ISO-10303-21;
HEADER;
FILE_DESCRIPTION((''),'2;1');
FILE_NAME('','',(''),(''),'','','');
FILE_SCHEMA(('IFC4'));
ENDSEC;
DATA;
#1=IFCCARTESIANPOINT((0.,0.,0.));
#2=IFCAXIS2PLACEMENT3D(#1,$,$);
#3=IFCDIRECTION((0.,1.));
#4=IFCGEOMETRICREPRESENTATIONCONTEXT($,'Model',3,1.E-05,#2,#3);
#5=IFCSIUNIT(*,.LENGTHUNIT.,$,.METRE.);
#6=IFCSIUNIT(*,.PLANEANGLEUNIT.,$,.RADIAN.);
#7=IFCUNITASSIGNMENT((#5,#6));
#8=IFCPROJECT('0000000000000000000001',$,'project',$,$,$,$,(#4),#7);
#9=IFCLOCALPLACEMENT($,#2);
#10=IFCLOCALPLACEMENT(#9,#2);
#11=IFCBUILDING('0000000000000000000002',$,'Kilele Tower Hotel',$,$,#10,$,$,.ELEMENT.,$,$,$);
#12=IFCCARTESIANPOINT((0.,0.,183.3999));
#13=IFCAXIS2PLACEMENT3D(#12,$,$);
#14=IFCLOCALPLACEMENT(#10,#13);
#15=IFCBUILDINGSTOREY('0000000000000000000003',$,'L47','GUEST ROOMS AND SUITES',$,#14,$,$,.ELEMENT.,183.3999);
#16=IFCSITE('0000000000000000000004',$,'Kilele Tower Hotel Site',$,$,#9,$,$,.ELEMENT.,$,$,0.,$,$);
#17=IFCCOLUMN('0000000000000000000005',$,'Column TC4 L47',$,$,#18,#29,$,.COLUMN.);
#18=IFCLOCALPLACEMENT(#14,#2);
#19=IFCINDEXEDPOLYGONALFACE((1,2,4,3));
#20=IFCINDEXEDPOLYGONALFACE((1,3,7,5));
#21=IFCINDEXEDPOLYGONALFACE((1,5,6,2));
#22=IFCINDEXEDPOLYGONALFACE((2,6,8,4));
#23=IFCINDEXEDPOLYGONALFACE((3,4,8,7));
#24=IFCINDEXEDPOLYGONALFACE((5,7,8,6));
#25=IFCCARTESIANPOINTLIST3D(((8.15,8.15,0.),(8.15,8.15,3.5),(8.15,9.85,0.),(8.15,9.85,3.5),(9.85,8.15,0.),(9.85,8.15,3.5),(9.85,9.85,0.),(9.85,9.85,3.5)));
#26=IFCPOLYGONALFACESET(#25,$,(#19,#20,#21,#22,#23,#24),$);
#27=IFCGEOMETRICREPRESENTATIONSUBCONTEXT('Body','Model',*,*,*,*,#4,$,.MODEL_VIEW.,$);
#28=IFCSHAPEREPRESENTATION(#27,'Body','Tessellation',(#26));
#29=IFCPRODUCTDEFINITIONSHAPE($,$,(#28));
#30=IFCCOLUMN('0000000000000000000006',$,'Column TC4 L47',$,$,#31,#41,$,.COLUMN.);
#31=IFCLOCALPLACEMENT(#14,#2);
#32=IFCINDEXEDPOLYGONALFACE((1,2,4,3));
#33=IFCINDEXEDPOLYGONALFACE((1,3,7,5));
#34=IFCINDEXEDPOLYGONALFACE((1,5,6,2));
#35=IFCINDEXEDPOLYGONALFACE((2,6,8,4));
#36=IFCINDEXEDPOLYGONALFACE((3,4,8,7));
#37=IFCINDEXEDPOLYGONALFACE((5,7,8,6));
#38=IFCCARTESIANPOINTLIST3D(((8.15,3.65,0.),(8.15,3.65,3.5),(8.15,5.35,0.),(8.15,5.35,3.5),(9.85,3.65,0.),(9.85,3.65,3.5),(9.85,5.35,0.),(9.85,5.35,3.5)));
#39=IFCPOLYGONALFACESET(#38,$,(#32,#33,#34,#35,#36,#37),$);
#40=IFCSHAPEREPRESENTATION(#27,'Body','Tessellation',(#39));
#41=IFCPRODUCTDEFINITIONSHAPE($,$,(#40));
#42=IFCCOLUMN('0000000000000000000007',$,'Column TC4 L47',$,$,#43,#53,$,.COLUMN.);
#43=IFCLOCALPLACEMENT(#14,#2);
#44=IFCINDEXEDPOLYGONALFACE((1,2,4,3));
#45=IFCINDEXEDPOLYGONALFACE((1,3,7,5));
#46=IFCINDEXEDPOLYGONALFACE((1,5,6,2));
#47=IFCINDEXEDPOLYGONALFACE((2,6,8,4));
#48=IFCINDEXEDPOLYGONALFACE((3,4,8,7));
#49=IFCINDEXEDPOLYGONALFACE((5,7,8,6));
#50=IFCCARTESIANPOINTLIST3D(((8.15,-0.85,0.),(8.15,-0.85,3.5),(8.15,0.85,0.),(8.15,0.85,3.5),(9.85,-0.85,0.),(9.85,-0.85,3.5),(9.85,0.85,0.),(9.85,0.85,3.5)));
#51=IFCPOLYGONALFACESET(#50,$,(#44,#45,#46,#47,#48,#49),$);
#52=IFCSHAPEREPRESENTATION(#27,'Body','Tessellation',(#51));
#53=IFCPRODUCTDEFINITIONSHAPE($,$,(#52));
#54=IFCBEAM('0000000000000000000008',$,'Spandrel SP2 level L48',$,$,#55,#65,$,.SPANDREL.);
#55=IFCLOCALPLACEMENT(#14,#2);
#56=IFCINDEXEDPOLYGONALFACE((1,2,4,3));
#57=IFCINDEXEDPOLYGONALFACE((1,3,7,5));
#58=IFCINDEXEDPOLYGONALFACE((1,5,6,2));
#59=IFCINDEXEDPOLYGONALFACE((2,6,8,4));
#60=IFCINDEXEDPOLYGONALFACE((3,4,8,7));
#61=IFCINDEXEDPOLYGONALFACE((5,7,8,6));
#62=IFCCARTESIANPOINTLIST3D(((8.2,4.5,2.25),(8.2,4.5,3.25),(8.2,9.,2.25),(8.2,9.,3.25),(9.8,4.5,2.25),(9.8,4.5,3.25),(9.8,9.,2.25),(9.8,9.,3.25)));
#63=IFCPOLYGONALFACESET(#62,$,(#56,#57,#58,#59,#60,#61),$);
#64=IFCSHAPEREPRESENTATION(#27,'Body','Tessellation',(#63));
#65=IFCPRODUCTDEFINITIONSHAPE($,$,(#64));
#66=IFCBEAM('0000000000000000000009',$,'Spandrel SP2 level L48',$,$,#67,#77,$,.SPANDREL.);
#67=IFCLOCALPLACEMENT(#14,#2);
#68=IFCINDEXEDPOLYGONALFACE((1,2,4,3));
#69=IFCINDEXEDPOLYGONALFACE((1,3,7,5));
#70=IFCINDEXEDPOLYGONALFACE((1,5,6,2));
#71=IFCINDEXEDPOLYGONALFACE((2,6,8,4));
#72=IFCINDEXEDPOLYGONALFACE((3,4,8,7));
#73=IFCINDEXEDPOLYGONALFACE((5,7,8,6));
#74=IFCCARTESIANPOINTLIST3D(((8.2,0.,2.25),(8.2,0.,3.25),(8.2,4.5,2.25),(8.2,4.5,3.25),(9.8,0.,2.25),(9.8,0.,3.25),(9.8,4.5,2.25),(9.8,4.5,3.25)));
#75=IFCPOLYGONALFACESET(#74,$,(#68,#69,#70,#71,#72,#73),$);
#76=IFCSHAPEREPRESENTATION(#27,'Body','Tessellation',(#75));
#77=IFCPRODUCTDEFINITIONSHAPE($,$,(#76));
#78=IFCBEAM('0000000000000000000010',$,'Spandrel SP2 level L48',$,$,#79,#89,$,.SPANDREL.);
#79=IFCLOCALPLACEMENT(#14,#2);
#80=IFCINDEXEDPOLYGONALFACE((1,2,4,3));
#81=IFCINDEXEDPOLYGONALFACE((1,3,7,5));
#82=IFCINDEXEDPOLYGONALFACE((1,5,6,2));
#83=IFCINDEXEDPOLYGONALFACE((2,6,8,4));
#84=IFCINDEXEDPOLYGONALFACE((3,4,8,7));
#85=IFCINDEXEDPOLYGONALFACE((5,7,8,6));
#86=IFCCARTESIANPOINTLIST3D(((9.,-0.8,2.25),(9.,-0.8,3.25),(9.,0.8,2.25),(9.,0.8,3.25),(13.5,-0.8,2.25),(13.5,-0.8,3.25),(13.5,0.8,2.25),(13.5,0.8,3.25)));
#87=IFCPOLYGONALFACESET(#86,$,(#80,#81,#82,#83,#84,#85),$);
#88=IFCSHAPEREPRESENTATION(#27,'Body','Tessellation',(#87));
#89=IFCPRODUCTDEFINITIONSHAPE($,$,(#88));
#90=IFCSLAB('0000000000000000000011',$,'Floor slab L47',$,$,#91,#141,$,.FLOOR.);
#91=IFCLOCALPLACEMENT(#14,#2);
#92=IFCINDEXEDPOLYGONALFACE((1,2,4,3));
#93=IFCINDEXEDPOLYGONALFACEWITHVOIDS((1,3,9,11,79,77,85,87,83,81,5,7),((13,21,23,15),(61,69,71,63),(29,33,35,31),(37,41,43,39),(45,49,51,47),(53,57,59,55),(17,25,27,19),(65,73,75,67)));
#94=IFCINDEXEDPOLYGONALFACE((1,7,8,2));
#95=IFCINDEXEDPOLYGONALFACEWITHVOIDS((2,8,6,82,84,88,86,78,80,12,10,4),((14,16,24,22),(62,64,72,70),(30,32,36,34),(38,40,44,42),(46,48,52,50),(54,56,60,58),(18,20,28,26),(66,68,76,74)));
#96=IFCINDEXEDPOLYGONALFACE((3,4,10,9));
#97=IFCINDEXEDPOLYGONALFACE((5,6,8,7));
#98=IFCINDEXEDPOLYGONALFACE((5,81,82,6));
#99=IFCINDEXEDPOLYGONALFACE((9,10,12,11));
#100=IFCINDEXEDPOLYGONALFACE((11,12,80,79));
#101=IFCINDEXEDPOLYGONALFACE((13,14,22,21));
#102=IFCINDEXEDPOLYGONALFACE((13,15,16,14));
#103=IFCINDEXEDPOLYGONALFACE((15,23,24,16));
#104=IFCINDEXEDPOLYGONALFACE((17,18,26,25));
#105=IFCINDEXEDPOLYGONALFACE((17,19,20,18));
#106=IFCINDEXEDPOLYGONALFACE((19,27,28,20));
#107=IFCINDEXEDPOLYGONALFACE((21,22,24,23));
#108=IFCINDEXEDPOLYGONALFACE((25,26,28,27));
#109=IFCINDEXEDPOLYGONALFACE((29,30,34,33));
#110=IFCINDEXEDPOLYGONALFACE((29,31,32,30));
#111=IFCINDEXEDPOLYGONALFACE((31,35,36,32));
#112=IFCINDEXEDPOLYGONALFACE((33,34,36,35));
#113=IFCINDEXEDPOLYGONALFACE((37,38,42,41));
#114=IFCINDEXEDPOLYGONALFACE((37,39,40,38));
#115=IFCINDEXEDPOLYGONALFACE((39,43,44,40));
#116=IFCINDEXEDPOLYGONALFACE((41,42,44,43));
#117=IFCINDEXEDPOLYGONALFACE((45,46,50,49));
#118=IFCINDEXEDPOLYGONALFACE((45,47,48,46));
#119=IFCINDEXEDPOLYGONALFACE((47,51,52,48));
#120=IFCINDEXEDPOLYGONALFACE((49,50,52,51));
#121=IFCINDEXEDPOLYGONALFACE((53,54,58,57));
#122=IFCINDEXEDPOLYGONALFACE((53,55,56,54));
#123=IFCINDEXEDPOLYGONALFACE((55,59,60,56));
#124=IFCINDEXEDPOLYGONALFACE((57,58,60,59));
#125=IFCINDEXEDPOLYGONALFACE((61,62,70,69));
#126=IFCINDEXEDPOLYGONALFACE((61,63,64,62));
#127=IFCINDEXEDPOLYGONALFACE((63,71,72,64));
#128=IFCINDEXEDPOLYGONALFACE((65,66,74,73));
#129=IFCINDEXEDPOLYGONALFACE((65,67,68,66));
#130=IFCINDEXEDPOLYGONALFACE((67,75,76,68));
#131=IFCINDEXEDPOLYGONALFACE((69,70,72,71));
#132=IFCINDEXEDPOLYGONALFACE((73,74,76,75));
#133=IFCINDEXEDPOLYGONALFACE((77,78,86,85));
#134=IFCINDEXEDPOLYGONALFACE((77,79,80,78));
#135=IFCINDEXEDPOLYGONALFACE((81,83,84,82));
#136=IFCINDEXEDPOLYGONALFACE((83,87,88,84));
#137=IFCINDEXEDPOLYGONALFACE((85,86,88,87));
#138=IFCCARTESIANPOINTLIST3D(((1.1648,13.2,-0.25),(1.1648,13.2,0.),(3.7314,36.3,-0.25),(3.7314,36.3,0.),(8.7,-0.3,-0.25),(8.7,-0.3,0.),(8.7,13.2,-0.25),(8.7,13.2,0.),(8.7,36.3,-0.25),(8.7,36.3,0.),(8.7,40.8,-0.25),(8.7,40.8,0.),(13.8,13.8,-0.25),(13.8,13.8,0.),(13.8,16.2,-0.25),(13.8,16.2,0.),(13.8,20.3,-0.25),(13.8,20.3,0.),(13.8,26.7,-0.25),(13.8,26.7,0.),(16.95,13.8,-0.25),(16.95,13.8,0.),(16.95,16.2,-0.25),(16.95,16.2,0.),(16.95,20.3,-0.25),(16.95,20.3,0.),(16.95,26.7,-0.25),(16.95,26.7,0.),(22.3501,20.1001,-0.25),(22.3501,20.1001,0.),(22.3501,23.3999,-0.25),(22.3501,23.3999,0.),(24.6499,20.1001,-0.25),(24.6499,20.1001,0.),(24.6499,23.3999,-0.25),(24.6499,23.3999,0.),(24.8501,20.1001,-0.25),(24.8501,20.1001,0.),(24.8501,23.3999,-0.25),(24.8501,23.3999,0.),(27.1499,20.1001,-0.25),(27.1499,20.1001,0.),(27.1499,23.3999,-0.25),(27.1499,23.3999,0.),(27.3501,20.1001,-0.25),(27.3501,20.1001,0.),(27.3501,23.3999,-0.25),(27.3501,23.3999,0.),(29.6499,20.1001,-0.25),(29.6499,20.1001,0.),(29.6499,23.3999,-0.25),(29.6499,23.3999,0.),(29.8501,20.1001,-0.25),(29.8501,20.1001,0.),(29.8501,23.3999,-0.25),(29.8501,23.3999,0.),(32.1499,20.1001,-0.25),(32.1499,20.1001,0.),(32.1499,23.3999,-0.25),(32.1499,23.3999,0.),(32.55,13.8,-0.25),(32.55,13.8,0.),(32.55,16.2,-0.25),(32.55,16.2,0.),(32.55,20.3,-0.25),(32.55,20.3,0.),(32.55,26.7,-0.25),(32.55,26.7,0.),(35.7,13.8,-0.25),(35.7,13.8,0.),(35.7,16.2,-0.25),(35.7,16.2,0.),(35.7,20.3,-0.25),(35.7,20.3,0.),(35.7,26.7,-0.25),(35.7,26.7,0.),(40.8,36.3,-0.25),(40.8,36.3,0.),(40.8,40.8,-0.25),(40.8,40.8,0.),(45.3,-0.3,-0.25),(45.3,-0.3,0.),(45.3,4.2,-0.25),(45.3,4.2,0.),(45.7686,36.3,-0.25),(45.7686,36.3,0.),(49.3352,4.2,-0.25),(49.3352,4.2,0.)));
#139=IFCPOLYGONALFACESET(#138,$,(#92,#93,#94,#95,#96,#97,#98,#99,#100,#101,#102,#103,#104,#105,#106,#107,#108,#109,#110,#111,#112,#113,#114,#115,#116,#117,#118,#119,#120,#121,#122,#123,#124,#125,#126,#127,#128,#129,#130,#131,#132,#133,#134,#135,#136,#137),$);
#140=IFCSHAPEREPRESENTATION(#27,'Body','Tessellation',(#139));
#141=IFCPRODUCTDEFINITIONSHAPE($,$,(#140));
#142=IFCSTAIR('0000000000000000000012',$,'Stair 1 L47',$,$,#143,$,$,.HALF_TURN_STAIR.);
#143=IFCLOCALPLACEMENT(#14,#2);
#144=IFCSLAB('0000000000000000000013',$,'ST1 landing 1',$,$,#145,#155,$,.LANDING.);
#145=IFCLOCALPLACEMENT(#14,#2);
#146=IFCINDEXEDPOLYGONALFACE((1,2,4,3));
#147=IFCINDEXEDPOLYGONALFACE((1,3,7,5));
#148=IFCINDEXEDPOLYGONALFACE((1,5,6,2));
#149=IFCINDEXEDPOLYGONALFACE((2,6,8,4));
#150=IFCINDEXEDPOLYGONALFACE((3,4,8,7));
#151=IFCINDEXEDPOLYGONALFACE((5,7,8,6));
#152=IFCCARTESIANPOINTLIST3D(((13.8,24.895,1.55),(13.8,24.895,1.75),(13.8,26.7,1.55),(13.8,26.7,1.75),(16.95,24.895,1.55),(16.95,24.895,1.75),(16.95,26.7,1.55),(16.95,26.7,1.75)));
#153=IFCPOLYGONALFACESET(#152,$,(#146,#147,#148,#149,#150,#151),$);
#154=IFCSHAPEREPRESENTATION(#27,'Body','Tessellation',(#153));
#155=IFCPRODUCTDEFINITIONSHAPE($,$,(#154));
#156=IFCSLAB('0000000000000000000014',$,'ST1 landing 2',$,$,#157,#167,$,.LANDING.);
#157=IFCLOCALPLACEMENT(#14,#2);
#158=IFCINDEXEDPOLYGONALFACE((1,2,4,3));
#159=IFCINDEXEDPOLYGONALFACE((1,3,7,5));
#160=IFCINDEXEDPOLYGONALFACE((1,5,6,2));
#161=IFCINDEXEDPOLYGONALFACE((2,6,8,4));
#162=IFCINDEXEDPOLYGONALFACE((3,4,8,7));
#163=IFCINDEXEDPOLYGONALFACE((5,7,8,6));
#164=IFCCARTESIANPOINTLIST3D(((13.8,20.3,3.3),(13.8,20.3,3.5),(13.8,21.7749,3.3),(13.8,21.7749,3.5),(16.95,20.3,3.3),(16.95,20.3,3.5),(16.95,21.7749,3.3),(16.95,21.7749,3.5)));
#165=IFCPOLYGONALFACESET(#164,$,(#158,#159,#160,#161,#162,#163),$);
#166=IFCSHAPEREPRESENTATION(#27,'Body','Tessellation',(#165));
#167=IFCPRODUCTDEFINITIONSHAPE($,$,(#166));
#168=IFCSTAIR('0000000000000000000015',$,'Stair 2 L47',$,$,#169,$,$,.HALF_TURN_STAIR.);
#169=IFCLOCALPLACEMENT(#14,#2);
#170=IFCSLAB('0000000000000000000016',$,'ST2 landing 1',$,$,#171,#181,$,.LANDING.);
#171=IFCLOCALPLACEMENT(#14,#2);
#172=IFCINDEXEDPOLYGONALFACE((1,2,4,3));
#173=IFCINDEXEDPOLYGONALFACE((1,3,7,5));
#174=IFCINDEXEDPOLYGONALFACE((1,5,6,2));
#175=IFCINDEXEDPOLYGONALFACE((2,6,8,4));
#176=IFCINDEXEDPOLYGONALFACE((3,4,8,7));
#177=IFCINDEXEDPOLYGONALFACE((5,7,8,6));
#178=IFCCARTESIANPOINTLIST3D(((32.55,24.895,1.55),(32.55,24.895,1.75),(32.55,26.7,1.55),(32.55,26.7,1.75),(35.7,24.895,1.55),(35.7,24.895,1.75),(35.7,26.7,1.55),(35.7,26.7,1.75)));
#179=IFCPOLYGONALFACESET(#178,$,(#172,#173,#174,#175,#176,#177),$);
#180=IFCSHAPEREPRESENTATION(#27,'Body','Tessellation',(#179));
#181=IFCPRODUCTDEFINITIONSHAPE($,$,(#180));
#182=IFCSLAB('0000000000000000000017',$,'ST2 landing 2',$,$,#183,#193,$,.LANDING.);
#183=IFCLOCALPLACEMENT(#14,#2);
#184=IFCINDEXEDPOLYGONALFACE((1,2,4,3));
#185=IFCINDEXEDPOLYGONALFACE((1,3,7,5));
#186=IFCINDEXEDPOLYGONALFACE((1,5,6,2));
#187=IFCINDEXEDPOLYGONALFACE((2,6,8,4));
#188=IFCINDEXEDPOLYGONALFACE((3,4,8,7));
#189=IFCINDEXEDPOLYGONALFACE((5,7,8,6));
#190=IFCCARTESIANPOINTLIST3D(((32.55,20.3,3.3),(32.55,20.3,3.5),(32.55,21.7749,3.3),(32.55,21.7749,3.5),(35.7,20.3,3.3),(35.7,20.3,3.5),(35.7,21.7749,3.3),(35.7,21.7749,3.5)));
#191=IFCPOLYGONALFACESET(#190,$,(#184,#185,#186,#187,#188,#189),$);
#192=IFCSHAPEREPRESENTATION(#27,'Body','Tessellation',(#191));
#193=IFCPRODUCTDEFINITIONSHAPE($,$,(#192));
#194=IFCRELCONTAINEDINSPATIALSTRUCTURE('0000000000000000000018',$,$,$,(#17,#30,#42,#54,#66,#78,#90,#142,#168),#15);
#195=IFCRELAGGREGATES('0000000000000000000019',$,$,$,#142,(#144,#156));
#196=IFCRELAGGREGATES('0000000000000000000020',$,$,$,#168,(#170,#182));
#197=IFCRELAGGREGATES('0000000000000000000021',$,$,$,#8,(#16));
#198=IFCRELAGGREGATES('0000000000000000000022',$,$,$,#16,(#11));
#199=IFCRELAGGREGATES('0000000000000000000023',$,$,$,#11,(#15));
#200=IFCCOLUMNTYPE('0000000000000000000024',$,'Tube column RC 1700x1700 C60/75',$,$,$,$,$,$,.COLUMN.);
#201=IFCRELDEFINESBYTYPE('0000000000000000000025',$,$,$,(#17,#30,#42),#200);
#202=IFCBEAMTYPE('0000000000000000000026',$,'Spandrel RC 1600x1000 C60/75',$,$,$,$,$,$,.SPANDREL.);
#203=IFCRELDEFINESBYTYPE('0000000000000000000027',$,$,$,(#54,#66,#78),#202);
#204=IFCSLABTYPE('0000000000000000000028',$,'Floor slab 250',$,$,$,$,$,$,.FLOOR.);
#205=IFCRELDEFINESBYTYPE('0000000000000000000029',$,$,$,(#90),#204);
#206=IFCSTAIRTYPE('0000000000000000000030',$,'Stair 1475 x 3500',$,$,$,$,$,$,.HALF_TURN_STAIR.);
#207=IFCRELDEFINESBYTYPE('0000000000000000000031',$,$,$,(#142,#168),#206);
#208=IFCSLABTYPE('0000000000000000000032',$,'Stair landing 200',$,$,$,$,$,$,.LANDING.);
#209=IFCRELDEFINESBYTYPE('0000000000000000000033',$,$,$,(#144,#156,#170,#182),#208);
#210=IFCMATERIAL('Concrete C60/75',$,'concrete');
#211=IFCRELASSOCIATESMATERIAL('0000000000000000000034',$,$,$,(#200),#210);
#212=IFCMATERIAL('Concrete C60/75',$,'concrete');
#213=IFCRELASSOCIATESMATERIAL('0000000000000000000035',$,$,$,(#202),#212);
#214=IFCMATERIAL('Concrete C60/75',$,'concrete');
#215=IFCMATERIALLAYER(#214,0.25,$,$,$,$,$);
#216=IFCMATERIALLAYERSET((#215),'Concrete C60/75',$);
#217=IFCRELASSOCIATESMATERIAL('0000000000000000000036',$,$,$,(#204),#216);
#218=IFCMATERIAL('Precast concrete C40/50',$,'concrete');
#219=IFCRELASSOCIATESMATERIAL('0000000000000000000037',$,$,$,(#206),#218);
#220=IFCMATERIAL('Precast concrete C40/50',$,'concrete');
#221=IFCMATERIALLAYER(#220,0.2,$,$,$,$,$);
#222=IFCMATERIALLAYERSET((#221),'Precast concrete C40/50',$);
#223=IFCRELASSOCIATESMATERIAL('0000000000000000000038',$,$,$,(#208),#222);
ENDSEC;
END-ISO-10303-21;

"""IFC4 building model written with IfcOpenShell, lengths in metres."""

from ifc_helpers import new_model, si_unit, direction, frame, origin, origin_2d, place, context, subcontext, project, spatial, polyline, rectangle, outline, extrude, material, layer, layer_set, material_profile, profile_set, type_object, element, aggregate, save


model = new_model("IFC4")

# Units and contexts
model_context = context("Model", 3, precision=1e-05, world=origin(), true_north=direction((0.0, 1.0)))
body_context = subcontext(model_context, "Body", "Model", "MODEL_VIEW")
ifc_project = project(units=[si_unit("LENGTHUNIT", "METRE"), si_unit("PLANEANGLEUNIT", "RADIAN")], contexts=[model_context])

# Site, building, storey
site_placement = place(None, origin())
site = spatial("IfcSite", under=ifc_project, at=site_placement, Name="Kilele Tower Hotel Site", CompositionType="ELEMENT", RefElevation=0.0)
building_placement = place(site_placement, origin())
building = spatial("IfcBuilding", under=site, at=building_placement, Name="Kilele Tower Hotel", CompositionType="ELEMENT")
storey_placement = place(building_placement, frame((0.0, 0.0, 183.3999)))
storey = spatial("IfcBuildingStorey", under=building, at=storey_placement, Name="L47", Description="GUEST ROOMS AND SUITES", CompositionType="ELEMENT", Elevation=183.3999)

# Columns
ifc_material_1 = material(Name="Concrete C60/75", Category="concrete")
ifc_material_profile_1 = material_profile(ifc_material_1, rectangle(XDim=1.7, YDim=1.7, at=origin_2d()))
ifc_profile_set_1 = profile_set([ifc_material_profile_1], Name="Concrete C60/75")
column_type = type_object("IfcColumnType", Name="Tube column RC 1700x1700 C60/75", PredefinedType="COLUMN", material=ifc_profile_set_1)
for number, where, z_axis, x_axis, name in (
    (1, (9.0, 9.0, 0.0), (0.0, 0.0, 1.0), (1.0, 0.0, 0.0), "Column TC4 L47"),
    (2, (9.0, 4.5, 0.0), (0.0, 0.0, 1.0), (1.0, 0.0, 0.0), "Column TC4 L47"),
    (3, (9.0, 0.0, 0.0), (0.0, 0.0, 1.0), (1.0, 0.0, 0.0), "Column TC4 L47"),
):
    element("IfcColumn", number, at=place(storey_placement, frame(where, z_axis=z_axis, x_axis=x_axis)), inside=storey, type_object=column_type, Name=name, PredefinedType="COLUMN", context=body_context, shape_type="SweptSolid", body=[
        extrude(rectangle(XDim=1.7, YDim=1.7, at=origin_2d()), origin(), (0.0, 0.0, 1.0), 3.5),
    ])

# Beams
ifc_material_2 = material(Name="Concrete C60/75", Category="concrete")
ifc_material_profile_2 = material_profile(ifc_material_2, rectangle(XDim=1.6001, YDim=1.0, at=origin_2d()))
ifc_profile_set_2 = profile_set([ifc_material_profile_2], Name="Concrete C60/75")
beam_type = type_object("IfcBeamType", Name="Spandrel RC 1600x1000 C60/75", PredefinedType="SPANDREL", material=ifc_profile_set_2)
for number, where, z_axis, x_axis, name in (
    (4, (9.0, 9.0, 2.75), (0.0, -1.0, 0.0), (1.0, 0.0, 0.0), "Spandrel SP2 level L48"),
    (5, (9.0, 4.5, 2.75), (0.0, -1.0, 0.0), (1.0, 0.0, 0.0), "Spandrel SP2 level L48"),
    (6, (9.0, 0.0, 2.75), (1.0, 0.0, 0.0), (0.0, 1.0, 0.0), "Spandrel SP2 level L48"),
):
    element("IfcBeam", number, at=place(storey_placement, frame(where, z_axis=z_axis, x_axis=x_axis)), inside=storey, type_object=beam_type, Name=name, PredefinedType="SPANDREL", context=body_context, shape_type="SweptSolid", body=[
        extrude(rectangle(XDim=1.6001, YDim=1.0, at=origin_2d()), origin(), (0.0, 0.0, 1.0), 4.5),
    ])

# Slab
ifc_material_3 = material(Name="Concrete C60/75", Category="concrete")
ifc_layer_1 = layer(ifc_material_3, 0.25)
ifc_layer_set_1 = layer_set([ifc_layer_1], Name="Concrete C60/75")
slab_type_1 = type_object("IfcSlabType", Name="Floor slab 250", PredefinedType="FLOOR", material=ifc_layer_set_1)
slab_1_placement = place(storey_placement, frame((0.0, 0.0, -0.25)))
element("IfcSlab", 7, at=slab_1_placement, inside=storey, type_object=slab_type_1, Name="Floor slab L47", PredefinedType="FLOOR", context=body_context, shape_type="SweptSolid", body=[
    extrude(outline(polyline([(8.7, 36.3), (8.7, 40.8), (40.8, 40.8), (40.8, 36.3), (45.7686, 36.3), (49.3352, 4.2), (45.3, 4.2), (45.3, -0.3), (8.7, -0.3), (8.7, 13.2), (1.1648, 13.2), (3.7314, 36.3), (8.7, 36.3)]), holes=[polyline([(16.95, 16.2), (13.8, 16.2), (13.8, 13.8), (16.95, 13.8), (16.95, 16.2)]), polyline([(35.7, 16.2), (32.55, 16.2), (32.55, 13.8), (35.7, 13.8), (35.7, 16.2)]), polyline([(24.6499, 23.3999), (22.3501, 23.3999), (22.3501, 20.1001), (24.6499, 20.1001), (24.6499, 23.3999)]), polyline([(27.1499, 23.3999), (24.8501, 23.3999), (24.8501, 20.1001), (27.1499, 20.1001), (27.1499, 23.3999)]), polyline([(29.6499, 23.3999), (27.3501, 23.3999), (27.3501, 20.1001), (29.6499, 20.1001), (29.6499, 23.3999)]), polyline([(32.1499, 23.3999), (29.8501, 23.3999), (29.8501, 20.1001), (32.1499, 20.1001), (32.1499, 23.3999)]), polyline([(16.95, 26.7), (13.8, 26.7), (13.8, 20.3), (16.95, 20.3), (16.95, 26.7)]), polyline([(35.7, 26.7), (32.55, 26.7), (32.55, 20.3), (35.7, 20.3), (35.7, 26.7)])]), origin(), (0.0, 0.0, 1.0), 0.25),
])

# Stairs, slabs
ifc_material_4 = material(Name="Precast concrete C40/50", Category="concrete")
stair_type = type_object("IfcStairType", Name="Stair 1475 x 3500", PredefinedType="HALF_TURN_STAIR", material=ifc_material_4)
stair_1_placement = place(storey_placement, origin())
stair_1 = element("IfcStair", 8, at=stair_1_placement, inside=storey, type_object=stair_type, Name="Stair 1 L47", PredefinedType="HALF_TURN_STAIR")
ifc_material_5 = material(Name="Precast concrete C40/50", Category="concrete")
ifc_layer_2 = layer(ifc_material_5, 0.2)
ifc_layer_set_2 = layer_set([ifc_layer_2], Name="Precast concrete C40/50")
slab_type_2 = type_object("IfcSlabType", Name="Stair landing 200", PredefinedType="LANDING", material=ifc_layer_set_2)
slab_2_placement = place(storey_placement, frame((0.0, 0.0, 1.55)))
slab_2 = element("IfcSlab", 9, at=slab_2_placement, type_object=slab_type_2, Name="ST1 landing 1", PredefinedType="LANDING", context=body_context, shape_type="SweptSolid", body=[
    extrude(outline(polyline([(13.8, 24.895), (16.95, 24.895), (16.95, 26.7), (13.8, 26.7), (13.8, 24.895)])), origin(), (0.0, 0.0, 1.0), 0.2),
])
slab_3_placement = place(storey_placement, frame((0.0, 0.0, 3.3)))
slab_3 = element("IfcSlab", 10, at=slab_3_placement, type_object=slab_type_2, Name="ST1 landing 2", PredefinedType="LANDING", context=body_context, shape_type="SweptSolid", body=[
    extrude(outline(polyline([(13.8, 20.3), (16.95, 20.3), (16.95, 21.7749), (13.8, 21.7749), (13.8, 20.3)])), origin(), (0.0, 0.0, 1.0), 0.2),
])
aggregate(stair_1, [slab_2, slab_3])
stair_2_placement = place(storey_placement, origin())
stair_2 = element("IfcStair", 11, at=stair_2_placement, inside=storey, type_object=stair_type, Name="Stair 2 L47", PredefinedType="HALF_TURN_STAIR")
slab_4_placement = place(storey_placement, frame((0.0, 0.0, 1.55)))
slab_4 = element("IfcSlab", 12, at=slab_4_placement, type_object=slab_type_2, Name="ST2 landing 1", PredefinedType="LANDING", context=body_context, shape_type="SweptSolid", body=[
    extrude(outline(polyline([(32.55, 24.895), (35.7, 24.895), (35.7, 26.7), (32.55, 26.7), (32.55, 24.895)])), origin(), (0.0, 0.0, 1.0), 0.2),
])
slab_5_placement = place(storey_placement, frame((0.0, 0.0, 3.3)))
slab_5 = element("IfcSlab", 13, at=slab_5_placement, type_object=slab_type_2, Name="ST2 landing 2", PredefinedType="LANDING", context=body_context, shape_type="SweptSolid", body=[
    extrude(outline(polyline([(32.55, 20.3), (35.7, 20.3), (35.7, 21.7749), (32.55, 21.7749), (32.55, 20.3)])), origin(), (0.0, 0.0, 1.0), 0.2),
])
aggregate(stair_2, [slab_4, slab_5])

save(model, "model.ifc")
